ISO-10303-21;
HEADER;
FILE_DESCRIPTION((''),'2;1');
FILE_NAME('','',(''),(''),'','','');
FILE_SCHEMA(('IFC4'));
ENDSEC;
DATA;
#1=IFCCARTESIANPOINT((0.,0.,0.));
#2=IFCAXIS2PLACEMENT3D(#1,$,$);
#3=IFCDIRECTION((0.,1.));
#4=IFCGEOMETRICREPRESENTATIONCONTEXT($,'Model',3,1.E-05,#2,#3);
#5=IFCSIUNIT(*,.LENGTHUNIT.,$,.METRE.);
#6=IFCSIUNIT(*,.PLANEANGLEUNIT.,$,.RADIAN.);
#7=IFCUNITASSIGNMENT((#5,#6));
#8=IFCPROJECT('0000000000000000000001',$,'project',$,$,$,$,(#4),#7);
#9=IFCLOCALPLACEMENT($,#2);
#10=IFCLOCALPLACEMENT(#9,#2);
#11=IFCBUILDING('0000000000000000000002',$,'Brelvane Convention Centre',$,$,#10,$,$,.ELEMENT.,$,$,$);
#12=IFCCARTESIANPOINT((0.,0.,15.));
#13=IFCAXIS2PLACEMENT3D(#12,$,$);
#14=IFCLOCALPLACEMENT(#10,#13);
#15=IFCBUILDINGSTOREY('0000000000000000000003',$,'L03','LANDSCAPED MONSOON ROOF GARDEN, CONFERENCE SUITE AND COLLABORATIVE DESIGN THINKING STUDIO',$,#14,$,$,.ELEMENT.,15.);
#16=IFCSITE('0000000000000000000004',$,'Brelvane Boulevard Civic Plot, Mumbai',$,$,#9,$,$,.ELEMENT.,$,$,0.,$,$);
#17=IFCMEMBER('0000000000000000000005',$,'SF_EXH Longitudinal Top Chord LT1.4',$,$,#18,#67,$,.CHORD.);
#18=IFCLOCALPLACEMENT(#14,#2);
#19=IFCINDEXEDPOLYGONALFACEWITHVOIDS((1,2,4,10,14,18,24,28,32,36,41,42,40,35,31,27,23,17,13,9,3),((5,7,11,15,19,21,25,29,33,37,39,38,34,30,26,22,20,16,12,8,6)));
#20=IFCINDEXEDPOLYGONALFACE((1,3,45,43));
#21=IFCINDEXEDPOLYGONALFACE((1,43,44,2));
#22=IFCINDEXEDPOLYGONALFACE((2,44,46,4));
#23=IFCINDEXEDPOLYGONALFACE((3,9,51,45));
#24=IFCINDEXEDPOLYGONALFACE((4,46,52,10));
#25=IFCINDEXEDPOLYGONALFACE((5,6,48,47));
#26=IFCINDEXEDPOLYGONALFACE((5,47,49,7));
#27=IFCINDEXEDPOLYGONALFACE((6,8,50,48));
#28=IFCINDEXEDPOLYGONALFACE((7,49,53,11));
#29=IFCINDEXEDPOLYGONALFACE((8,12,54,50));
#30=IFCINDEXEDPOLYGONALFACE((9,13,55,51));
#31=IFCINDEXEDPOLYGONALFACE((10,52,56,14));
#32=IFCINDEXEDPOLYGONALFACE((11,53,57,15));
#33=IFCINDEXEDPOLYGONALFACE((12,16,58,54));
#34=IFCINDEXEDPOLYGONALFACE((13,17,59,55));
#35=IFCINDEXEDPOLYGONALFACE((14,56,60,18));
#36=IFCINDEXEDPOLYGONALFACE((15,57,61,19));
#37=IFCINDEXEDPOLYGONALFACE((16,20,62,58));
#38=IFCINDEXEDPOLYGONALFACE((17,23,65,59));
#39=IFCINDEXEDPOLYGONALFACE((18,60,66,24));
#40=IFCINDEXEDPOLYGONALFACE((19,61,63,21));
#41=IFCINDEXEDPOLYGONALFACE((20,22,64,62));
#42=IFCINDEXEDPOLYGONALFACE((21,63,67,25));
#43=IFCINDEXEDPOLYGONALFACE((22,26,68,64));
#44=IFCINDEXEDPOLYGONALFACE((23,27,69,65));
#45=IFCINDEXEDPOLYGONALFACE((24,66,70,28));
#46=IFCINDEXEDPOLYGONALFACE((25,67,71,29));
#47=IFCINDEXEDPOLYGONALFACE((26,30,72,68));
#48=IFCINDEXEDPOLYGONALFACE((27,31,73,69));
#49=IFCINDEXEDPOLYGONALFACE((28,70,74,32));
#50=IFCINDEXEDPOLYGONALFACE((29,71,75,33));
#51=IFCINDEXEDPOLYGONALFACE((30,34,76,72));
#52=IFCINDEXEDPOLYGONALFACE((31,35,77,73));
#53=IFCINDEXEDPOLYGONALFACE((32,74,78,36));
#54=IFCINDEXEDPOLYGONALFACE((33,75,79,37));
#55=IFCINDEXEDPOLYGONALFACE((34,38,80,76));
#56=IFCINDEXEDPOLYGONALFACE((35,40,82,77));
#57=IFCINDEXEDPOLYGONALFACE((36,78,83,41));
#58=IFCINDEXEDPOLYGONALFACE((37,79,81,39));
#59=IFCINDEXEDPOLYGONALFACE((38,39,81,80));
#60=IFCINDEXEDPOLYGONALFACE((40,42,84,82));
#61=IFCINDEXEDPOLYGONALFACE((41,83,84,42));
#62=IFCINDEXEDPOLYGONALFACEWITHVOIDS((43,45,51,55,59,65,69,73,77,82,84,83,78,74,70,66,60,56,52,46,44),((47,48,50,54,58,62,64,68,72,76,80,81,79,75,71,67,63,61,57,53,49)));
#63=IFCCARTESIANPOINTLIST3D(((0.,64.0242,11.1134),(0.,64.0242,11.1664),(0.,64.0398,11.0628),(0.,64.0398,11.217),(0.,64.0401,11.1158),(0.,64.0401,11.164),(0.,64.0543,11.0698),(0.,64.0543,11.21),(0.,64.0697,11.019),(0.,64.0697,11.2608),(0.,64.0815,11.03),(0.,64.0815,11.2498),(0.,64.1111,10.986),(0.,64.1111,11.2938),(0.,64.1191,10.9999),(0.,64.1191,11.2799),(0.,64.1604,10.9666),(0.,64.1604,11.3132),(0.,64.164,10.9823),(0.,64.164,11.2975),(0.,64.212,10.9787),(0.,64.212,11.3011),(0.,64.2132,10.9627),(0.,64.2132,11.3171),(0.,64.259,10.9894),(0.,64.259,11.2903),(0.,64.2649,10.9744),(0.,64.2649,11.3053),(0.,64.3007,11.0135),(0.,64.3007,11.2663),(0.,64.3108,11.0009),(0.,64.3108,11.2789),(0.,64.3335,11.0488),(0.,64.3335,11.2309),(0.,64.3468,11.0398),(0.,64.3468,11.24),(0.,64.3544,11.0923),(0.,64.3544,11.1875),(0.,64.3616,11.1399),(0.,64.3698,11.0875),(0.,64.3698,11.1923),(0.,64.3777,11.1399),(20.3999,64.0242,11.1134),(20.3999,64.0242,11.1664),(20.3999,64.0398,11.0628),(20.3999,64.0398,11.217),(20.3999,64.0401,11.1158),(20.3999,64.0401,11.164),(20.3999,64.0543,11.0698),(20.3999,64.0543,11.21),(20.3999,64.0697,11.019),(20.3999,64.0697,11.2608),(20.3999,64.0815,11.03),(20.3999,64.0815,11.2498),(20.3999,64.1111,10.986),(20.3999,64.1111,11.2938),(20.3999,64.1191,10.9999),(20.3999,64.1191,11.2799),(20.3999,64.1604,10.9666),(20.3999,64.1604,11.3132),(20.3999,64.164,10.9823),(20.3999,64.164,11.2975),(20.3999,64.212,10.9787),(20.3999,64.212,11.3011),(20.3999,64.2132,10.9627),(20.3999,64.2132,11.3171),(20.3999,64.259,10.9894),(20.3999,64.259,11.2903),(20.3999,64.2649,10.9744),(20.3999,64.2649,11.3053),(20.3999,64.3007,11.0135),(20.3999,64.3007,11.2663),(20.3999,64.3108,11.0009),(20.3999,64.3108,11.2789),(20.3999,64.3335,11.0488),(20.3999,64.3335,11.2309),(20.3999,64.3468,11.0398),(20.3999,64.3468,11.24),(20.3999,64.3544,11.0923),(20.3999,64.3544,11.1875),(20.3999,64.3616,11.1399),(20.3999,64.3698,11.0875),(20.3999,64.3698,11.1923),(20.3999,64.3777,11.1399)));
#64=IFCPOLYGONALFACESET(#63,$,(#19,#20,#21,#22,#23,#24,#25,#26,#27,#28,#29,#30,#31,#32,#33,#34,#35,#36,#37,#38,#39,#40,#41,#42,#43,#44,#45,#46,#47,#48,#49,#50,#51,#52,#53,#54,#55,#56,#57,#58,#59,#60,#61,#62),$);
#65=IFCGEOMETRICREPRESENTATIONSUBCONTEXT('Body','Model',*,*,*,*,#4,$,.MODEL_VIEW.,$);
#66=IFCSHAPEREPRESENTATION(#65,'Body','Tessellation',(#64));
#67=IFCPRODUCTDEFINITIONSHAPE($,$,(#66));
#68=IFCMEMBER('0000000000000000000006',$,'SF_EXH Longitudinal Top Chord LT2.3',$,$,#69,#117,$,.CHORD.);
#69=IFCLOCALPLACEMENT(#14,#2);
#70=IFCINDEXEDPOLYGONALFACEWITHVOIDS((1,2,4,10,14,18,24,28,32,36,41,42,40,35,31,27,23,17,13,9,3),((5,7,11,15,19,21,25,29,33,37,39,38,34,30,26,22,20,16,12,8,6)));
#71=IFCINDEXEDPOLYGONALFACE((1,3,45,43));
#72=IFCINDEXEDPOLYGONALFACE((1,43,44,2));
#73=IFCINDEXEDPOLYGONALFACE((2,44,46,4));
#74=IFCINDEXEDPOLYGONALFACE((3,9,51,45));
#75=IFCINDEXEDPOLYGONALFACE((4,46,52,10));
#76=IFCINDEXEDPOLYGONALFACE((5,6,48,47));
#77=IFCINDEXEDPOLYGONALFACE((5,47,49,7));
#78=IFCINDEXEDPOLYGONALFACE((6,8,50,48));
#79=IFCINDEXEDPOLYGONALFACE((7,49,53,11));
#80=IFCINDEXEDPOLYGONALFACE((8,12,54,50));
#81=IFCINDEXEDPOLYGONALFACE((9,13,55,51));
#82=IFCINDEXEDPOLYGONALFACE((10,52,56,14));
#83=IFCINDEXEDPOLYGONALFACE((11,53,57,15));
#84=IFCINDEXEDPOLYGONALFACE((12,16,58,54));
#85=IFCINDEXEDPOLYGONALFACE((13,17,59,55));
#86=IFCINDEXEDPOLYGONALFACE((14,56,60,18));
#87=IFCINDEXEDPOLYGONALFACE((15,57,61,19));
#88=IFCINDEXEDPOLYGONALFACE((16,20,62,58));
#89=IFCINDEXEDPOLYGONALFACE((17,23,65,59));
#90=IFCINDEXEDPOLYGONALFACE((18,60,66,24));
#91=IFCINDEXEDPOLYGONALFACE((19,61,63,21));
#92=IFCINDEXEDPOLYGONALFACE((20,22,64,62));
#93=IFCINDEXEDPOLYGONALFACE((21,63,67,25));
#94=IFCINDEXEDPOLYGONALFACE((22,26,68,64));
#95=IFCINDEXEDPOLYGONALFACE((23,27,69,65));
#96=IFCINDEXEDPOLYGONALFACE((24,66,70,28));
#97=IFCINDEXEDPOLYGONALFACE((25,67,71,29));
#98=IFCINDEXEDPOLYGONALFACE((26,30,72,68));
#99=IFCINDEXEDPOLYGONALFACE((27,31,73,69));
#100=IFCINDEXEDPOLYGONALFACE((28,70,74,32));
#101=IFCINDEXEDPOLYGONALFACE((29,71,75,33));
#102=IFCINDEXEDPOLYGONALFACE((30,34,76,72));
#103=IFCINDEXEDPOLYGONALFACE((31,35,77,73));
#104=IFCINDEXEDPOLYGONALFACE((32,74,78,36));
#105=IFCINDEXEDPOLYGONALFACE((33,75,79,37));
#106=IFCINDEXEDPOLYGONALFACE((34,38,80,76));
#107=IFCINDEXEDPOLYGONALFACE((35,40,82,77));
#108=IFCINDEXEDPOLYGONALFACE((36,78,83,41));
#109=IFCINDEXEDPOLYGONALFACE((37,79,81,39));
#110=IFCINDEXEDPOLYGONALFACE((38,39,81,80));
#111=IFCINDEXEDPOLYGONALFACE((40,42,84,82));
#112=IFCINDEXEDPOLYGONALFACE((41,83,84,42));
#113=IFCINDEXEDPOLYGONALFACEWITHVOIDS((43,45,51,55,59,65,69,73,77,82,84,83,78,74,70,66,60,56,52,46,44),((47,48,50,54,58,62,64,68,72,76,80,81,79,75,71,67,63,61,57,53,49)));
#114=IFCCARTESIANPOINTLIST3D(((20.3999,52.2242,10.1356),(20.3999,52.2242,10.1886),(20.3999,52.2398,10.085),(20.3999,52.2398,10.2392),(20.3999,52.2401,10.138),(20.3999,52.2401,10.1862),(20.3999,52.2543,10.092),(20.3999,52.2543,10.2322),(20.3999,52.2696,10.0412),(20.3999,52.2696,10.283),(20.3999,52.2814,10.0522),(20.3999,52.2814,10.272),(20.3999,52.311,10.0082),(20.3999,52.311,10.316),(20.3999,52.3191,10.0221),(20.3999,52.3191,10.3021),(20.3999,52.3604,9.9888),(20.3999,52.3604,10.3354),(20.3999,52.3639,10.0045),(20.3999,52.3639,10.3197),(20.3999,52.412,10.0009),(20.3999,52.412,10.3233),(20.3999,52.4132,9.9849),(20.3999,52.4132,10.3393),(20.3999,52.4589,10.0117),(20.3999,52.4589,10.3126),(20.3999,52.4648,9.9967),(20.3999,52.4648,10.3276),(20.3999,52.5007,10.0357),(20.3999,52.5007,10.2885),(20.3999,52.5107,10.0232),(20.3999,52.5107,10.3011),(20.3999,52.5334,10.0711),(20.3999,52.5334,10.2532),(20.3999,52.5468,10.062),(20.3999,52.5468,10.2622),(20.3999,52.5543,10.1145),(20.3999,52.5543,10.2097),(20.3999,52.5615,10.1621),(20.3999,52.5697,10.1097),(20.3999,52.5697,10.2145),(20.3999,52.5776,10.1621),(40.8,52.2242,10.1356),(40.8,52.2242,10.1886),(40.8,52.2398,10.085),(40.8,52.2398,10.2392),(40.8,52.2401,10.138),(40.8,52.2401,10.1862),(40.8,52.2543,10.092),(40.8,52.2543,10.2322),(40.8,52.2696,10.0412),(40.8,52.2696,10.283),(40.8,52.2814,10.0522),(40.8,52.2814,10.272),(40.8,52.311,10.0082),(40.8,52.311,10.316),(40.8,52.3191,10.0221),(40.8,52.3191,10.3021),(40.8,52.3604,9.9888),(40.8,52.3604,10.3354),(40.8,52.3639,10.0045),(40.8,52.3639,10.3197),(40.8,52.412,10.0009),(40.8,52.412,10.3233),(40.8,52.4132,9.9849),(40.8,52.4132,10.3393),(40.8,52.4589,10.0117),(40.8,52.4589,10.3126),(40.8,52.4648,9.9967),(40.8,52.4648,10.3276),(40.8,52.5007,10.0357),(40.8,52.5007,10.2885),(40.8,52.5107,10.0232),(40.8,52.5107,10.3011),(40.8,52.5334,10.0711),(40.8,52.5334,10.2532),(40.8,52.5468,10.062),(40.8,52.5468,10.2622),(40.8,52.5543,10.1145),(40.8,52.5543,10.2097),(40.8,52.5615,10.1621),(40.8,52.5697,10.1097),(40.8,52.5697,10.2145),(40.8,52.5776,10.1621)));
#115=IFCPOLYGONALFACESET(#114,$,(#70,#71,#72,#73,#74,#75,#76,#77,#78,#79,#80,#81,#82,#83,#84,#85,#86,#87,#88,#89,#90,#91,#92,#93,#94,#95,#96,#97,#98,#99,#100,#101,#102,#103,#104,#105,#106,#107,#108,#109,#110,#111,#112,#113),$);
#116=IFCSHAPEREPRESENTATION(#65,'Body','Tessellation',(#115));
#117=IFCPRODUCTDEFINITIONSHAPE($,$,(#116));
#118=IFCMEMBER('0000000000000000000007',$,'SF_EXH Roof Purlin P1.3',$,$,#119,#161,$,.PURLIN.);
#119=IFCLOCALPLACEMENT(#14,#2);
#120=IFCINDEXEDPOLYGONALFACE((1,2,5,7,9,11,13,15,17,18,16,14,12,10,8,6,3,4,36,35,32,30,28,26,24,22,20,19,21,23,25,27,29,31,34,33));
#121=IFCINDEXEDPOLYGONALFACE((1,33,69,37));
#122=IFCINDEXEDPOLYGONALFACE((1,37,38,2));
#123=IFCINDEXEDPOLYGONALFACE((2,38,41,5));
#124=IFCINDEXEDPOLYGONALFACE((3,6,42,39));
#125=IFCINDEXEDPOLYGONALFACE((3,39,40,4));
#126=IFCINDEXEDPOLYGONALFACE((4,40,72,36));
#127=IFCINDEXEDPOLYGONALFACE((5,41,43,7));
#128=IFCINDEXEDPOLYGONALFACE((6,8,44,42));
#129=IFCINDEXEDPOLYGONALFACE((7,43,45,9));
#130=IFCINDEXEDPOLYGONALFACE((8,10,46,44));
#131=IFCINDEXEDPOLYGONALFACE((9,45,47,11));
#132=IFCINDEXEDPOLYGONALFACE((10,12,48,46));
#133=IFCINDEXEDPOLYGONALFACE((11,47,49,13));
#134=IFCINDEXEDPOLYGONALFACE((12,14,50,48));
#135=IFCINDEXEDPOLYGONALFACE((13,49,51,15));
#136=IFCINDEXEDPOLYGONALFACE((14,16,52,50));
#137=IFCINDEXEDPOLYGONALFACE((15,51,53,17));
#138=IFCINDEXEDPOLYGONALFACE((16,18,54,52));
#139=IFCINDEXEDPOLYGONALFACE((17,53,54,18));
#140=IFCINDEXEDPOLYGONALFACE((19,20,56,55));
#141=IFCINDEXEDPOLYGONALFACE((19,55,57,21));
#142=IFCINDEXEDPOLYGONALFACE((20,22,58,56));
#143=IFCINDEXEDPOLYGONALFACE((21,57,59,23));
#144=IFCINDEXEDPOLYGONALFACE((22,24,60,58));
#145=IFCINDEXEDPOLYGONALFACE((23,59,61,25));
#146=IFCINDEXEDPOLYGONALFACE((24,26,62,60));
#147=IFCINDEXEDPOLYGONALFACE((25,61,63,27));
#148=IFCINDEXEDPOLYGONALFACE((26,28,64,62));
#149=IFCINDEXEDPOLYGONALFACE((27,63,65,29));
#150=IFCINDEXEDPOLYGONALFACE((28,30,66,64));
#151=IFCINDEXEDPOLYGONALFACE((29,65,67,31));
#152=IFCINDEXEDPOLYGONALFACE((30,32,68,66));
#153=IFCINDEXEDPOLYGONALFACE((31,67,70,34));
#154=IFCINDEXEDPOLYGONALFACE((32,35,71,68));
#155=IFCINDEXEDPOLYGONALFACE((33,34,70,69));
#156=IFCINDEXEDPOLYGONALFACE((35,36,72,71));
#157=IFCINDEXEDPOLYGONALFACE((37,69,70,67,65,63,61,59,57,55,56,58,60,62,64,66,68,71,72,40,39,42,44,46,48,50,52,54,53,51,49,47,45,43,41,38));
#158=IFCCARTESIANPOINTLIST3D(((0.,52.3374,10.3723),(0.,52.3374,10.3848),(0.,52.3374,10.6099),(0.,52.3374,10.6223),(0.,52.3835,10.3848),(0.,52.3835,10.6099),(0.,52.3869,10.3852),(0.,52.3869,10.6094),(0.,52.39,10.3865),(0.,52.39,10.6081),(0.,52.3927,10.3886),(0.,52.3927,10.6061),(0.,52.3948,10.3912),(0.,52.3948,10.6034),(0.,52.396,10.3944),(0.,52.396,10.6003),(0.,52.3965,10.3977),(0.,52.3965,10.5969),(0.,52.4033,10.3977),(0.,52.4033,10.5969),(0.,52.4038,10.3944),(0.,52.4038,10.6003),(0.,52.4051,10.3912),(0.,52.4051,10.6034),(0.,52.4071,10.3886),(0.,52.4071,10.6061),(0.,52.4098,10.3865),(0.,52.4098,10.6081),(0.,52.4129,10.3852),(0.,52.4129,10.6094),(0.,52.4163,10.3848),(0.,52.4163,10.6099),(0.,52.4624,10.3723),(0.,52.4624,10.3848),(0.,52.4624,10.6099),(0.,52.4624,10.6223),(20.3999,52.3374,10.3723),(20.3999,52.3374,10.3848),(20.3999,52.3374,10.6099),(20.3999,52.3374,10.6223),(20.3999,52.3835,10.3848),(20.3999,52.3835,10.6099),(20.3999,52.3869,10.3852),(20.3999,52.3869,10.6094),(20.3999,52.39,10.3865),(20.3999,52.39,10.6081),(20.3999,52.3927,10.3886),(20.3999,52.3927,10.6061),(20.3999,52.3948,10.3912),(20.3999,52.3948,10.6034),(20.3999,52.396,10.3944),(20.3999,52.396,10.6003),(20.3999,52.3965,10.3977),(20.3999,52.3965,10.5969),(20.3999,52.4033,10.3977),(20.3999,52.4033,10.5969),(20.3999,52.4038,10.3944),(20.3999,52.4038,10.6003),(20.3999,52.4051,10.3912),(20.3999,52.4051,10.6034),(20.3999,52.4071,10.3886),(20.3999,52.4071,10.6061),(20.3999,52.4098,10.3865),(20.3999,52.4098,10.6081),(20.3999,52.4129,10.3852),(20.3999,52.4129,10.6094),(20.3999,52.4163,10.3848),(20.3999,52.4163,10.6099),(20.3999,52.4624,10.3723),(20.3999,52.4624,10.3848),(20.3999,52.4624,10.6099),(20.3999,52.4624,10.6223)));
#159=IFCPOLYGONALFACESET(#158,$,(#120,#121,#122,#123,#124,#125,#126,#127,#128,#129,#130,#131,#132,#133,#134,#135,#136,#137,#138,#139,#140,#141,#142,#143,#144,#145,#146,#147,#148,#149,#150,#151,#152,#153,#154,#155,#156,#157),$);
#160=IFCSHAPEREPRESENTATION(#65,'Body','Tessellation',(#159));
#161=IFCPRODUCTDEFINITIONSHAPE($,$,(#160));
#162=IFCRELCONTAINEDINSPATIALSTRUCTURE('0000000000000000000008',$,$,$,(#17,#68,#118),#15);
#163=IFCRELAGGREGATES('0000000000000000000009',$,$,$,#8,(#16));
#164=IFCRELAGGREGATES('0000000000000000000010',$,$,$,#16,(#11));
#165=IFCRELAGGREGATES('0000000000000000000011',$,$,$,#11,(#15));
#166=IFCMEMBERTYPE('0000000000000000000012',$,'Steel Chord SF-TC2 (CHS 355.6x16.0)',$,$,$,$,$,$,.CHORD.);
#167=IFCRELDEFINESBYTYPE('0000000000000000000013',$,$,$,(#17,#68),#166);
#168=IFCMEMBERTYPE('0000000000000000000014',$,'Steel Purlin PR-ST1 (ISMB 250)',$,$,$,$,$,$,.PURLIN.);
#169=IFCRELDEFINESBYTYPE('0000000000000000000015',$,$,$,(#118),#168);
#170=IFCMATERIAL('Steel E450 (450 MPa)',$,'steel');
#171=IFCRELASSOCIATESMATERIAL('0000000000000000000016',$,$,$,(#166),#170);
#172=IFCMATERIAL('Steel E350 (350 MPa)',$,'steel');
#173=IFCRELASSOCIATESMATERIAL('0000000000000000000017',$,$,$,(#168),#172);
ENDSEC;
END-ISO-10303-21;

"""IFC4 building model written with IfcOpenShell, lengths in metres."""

from ifc_helpers import new_model, si_unit, direction, frame, origin, origin_2d, place, context, subcontext, project, spatial, hollow_circle, i_section, extrude, material, material_profile, profile_set, type_object, element, save


model = new_model("IFC4")

# Units and contexts
model_context = context("Model", 3, precision=1e-05, world=origin(), true_north=direction((0.0, 1.0)))
body_context = subcontext(model_context, "Body", "Model", "MODEL_VIEW")
ifc_project = project(units=[si_unit("LENGTHUNIT", "METRE"), si_unit("PLANEANGLEUNIT", "RADIAN")], contexts=[model_context])

# Site, building, storey
site_placement = place(None, origin())
site = spatial("IfcSite", under=ifc_project, at=site_placement, Name="Brelvane Boulevard Civic Plot, Mumbai", CompositionType="ELEMENT", RefElevation=0.0)
building_placement = place(site_placement, origin())
building = spatial("IfcBuilding", under=site, at=building_placement, Name="Brelvane Convention Centre", CompositionType="ELEMENT")
storey_placement = place(building_placement, frame((0.0, 0.0, 15.0)))
storey = spatial("IfcBuildingStorey", under=building, at=storey_placement, Name="L03", Description="LANDSCAPED MONSOON ROOF GARDEN, CONFERENCE SUITE AND COLLABORATIVE DESIGN THINKING STUDIO", CompositionType="ELEMENT", Elevation=15.0)

# Members
ifc_material_1 = material(Name="Steel E450 (450 MPa)", Category="steel")
ifc_material_profile_1 = material_profile(ifc_material_1, hollow_circle(Radius=0.1777, WallThickness=0.0161, at=origin_2d()), Name="CHS 355.6x16.0")
ifc_profile_set_1 = profile_set([ifc_material_profile_1], Name="Steel E450 (450 MPa)")
member_type_1 = type_object("IfcMemberType", Name="Steel Chord SF-TC2 (CHS 355.6x16.0)", PredefinedType="CHORD", material=ifc_profile_set_1)
for number, where, z_axis, x_axis, name in (
    (1, (0.0, 64.2, 11.1399), (1.0, 0.0, 0.0), (0.0, 1.0, 0.0), "SF_EXH Longitudinal Top Chord LT1.4"),
):
    element("IfcMember", number, at=place(storey_placement, frame(where, z_axis=z_axis, x_axis=x_axis)), inside=storey, type_object=member_type_1, Name=name, PredefinedType="CHORD", context=body_context, shape_type="SweptSolid", body=[
        extrude(hollow_circle(Radius=0.1777, WallThickness=0.0161, at=origin_2d()), origin(), (0.0, 0.0, 1.0), 20.3999),
    ])
member_1_placement = place(storey_placement, frame((20.3999, 52.3999, 10.1621), z_axis=(1.0, 0.0, 0.0), x_axis=(0.0, 1.0, 0.0)))
element("IfcMember", 2, at=member_1_placement, inside=storey, type_object=member_type_1, Name="SF_EXH Longitudinal Top Chord LT2.3", PredefinedType="CHORD", context=body_context, shape_type="SweptSolid", body=[
    extrude(hollow_circle(Radius=0.1777, WallThickness=0.0161, at=origin_2d()), origin(), (0.0, 0.0, 1.0), 20.4001),
])
ifc_material_2 = material(Name="Steel E350 (350 MPa)", Category="steel")
ifc_material_profile_2 = material_profile(ifc_material_2, i_section(OverallWidth=0.125, OverallDepth=0.25, WebThickness=0.0068, FlangeThickness=0.0125, FilletRadius=0.0129, at=origin_2d()), Name="ISMB 250")
ifc_profile_set_2 = profile_set([ifc_material_profile_2], Name="Steel E350 (350 MPa)")
member_type_2 = type_object("IfcMemberType", Name="Steel Purlin PR-ST1 (ISMB 250)", PredefinedType="PURLIN", material=ifc_profile_set_2)
for number, where, z_axis, x_axis, name in (
    (3, (0.0, 52.3999, 10.4973), (1.0, 0.0, 0.0), (0.0, 1.0, 0.0), "SF_EXH Roof Purlin P1.3"),
):
    element("IfcMember", number, at=place(storey_placement, frame(where, z_axis=z_axis, x_axis=x_axis)), inside=storey, type_object=member_type_2, Name=name, PredefinedType="PURLIN", context=body_context, shape_type="SweptSolid", body=[
        extrude(i_section(OverallWidth=0.125, OverallDepth=0.25, WebThickness=0.0068, FlangeThickness=0.0125, FilletRadius=0.0129, at=origin_2d()), origin(), (0.0, 0.0, 1.0), 20.3999),
    ])

save(model, "model.ifc")
